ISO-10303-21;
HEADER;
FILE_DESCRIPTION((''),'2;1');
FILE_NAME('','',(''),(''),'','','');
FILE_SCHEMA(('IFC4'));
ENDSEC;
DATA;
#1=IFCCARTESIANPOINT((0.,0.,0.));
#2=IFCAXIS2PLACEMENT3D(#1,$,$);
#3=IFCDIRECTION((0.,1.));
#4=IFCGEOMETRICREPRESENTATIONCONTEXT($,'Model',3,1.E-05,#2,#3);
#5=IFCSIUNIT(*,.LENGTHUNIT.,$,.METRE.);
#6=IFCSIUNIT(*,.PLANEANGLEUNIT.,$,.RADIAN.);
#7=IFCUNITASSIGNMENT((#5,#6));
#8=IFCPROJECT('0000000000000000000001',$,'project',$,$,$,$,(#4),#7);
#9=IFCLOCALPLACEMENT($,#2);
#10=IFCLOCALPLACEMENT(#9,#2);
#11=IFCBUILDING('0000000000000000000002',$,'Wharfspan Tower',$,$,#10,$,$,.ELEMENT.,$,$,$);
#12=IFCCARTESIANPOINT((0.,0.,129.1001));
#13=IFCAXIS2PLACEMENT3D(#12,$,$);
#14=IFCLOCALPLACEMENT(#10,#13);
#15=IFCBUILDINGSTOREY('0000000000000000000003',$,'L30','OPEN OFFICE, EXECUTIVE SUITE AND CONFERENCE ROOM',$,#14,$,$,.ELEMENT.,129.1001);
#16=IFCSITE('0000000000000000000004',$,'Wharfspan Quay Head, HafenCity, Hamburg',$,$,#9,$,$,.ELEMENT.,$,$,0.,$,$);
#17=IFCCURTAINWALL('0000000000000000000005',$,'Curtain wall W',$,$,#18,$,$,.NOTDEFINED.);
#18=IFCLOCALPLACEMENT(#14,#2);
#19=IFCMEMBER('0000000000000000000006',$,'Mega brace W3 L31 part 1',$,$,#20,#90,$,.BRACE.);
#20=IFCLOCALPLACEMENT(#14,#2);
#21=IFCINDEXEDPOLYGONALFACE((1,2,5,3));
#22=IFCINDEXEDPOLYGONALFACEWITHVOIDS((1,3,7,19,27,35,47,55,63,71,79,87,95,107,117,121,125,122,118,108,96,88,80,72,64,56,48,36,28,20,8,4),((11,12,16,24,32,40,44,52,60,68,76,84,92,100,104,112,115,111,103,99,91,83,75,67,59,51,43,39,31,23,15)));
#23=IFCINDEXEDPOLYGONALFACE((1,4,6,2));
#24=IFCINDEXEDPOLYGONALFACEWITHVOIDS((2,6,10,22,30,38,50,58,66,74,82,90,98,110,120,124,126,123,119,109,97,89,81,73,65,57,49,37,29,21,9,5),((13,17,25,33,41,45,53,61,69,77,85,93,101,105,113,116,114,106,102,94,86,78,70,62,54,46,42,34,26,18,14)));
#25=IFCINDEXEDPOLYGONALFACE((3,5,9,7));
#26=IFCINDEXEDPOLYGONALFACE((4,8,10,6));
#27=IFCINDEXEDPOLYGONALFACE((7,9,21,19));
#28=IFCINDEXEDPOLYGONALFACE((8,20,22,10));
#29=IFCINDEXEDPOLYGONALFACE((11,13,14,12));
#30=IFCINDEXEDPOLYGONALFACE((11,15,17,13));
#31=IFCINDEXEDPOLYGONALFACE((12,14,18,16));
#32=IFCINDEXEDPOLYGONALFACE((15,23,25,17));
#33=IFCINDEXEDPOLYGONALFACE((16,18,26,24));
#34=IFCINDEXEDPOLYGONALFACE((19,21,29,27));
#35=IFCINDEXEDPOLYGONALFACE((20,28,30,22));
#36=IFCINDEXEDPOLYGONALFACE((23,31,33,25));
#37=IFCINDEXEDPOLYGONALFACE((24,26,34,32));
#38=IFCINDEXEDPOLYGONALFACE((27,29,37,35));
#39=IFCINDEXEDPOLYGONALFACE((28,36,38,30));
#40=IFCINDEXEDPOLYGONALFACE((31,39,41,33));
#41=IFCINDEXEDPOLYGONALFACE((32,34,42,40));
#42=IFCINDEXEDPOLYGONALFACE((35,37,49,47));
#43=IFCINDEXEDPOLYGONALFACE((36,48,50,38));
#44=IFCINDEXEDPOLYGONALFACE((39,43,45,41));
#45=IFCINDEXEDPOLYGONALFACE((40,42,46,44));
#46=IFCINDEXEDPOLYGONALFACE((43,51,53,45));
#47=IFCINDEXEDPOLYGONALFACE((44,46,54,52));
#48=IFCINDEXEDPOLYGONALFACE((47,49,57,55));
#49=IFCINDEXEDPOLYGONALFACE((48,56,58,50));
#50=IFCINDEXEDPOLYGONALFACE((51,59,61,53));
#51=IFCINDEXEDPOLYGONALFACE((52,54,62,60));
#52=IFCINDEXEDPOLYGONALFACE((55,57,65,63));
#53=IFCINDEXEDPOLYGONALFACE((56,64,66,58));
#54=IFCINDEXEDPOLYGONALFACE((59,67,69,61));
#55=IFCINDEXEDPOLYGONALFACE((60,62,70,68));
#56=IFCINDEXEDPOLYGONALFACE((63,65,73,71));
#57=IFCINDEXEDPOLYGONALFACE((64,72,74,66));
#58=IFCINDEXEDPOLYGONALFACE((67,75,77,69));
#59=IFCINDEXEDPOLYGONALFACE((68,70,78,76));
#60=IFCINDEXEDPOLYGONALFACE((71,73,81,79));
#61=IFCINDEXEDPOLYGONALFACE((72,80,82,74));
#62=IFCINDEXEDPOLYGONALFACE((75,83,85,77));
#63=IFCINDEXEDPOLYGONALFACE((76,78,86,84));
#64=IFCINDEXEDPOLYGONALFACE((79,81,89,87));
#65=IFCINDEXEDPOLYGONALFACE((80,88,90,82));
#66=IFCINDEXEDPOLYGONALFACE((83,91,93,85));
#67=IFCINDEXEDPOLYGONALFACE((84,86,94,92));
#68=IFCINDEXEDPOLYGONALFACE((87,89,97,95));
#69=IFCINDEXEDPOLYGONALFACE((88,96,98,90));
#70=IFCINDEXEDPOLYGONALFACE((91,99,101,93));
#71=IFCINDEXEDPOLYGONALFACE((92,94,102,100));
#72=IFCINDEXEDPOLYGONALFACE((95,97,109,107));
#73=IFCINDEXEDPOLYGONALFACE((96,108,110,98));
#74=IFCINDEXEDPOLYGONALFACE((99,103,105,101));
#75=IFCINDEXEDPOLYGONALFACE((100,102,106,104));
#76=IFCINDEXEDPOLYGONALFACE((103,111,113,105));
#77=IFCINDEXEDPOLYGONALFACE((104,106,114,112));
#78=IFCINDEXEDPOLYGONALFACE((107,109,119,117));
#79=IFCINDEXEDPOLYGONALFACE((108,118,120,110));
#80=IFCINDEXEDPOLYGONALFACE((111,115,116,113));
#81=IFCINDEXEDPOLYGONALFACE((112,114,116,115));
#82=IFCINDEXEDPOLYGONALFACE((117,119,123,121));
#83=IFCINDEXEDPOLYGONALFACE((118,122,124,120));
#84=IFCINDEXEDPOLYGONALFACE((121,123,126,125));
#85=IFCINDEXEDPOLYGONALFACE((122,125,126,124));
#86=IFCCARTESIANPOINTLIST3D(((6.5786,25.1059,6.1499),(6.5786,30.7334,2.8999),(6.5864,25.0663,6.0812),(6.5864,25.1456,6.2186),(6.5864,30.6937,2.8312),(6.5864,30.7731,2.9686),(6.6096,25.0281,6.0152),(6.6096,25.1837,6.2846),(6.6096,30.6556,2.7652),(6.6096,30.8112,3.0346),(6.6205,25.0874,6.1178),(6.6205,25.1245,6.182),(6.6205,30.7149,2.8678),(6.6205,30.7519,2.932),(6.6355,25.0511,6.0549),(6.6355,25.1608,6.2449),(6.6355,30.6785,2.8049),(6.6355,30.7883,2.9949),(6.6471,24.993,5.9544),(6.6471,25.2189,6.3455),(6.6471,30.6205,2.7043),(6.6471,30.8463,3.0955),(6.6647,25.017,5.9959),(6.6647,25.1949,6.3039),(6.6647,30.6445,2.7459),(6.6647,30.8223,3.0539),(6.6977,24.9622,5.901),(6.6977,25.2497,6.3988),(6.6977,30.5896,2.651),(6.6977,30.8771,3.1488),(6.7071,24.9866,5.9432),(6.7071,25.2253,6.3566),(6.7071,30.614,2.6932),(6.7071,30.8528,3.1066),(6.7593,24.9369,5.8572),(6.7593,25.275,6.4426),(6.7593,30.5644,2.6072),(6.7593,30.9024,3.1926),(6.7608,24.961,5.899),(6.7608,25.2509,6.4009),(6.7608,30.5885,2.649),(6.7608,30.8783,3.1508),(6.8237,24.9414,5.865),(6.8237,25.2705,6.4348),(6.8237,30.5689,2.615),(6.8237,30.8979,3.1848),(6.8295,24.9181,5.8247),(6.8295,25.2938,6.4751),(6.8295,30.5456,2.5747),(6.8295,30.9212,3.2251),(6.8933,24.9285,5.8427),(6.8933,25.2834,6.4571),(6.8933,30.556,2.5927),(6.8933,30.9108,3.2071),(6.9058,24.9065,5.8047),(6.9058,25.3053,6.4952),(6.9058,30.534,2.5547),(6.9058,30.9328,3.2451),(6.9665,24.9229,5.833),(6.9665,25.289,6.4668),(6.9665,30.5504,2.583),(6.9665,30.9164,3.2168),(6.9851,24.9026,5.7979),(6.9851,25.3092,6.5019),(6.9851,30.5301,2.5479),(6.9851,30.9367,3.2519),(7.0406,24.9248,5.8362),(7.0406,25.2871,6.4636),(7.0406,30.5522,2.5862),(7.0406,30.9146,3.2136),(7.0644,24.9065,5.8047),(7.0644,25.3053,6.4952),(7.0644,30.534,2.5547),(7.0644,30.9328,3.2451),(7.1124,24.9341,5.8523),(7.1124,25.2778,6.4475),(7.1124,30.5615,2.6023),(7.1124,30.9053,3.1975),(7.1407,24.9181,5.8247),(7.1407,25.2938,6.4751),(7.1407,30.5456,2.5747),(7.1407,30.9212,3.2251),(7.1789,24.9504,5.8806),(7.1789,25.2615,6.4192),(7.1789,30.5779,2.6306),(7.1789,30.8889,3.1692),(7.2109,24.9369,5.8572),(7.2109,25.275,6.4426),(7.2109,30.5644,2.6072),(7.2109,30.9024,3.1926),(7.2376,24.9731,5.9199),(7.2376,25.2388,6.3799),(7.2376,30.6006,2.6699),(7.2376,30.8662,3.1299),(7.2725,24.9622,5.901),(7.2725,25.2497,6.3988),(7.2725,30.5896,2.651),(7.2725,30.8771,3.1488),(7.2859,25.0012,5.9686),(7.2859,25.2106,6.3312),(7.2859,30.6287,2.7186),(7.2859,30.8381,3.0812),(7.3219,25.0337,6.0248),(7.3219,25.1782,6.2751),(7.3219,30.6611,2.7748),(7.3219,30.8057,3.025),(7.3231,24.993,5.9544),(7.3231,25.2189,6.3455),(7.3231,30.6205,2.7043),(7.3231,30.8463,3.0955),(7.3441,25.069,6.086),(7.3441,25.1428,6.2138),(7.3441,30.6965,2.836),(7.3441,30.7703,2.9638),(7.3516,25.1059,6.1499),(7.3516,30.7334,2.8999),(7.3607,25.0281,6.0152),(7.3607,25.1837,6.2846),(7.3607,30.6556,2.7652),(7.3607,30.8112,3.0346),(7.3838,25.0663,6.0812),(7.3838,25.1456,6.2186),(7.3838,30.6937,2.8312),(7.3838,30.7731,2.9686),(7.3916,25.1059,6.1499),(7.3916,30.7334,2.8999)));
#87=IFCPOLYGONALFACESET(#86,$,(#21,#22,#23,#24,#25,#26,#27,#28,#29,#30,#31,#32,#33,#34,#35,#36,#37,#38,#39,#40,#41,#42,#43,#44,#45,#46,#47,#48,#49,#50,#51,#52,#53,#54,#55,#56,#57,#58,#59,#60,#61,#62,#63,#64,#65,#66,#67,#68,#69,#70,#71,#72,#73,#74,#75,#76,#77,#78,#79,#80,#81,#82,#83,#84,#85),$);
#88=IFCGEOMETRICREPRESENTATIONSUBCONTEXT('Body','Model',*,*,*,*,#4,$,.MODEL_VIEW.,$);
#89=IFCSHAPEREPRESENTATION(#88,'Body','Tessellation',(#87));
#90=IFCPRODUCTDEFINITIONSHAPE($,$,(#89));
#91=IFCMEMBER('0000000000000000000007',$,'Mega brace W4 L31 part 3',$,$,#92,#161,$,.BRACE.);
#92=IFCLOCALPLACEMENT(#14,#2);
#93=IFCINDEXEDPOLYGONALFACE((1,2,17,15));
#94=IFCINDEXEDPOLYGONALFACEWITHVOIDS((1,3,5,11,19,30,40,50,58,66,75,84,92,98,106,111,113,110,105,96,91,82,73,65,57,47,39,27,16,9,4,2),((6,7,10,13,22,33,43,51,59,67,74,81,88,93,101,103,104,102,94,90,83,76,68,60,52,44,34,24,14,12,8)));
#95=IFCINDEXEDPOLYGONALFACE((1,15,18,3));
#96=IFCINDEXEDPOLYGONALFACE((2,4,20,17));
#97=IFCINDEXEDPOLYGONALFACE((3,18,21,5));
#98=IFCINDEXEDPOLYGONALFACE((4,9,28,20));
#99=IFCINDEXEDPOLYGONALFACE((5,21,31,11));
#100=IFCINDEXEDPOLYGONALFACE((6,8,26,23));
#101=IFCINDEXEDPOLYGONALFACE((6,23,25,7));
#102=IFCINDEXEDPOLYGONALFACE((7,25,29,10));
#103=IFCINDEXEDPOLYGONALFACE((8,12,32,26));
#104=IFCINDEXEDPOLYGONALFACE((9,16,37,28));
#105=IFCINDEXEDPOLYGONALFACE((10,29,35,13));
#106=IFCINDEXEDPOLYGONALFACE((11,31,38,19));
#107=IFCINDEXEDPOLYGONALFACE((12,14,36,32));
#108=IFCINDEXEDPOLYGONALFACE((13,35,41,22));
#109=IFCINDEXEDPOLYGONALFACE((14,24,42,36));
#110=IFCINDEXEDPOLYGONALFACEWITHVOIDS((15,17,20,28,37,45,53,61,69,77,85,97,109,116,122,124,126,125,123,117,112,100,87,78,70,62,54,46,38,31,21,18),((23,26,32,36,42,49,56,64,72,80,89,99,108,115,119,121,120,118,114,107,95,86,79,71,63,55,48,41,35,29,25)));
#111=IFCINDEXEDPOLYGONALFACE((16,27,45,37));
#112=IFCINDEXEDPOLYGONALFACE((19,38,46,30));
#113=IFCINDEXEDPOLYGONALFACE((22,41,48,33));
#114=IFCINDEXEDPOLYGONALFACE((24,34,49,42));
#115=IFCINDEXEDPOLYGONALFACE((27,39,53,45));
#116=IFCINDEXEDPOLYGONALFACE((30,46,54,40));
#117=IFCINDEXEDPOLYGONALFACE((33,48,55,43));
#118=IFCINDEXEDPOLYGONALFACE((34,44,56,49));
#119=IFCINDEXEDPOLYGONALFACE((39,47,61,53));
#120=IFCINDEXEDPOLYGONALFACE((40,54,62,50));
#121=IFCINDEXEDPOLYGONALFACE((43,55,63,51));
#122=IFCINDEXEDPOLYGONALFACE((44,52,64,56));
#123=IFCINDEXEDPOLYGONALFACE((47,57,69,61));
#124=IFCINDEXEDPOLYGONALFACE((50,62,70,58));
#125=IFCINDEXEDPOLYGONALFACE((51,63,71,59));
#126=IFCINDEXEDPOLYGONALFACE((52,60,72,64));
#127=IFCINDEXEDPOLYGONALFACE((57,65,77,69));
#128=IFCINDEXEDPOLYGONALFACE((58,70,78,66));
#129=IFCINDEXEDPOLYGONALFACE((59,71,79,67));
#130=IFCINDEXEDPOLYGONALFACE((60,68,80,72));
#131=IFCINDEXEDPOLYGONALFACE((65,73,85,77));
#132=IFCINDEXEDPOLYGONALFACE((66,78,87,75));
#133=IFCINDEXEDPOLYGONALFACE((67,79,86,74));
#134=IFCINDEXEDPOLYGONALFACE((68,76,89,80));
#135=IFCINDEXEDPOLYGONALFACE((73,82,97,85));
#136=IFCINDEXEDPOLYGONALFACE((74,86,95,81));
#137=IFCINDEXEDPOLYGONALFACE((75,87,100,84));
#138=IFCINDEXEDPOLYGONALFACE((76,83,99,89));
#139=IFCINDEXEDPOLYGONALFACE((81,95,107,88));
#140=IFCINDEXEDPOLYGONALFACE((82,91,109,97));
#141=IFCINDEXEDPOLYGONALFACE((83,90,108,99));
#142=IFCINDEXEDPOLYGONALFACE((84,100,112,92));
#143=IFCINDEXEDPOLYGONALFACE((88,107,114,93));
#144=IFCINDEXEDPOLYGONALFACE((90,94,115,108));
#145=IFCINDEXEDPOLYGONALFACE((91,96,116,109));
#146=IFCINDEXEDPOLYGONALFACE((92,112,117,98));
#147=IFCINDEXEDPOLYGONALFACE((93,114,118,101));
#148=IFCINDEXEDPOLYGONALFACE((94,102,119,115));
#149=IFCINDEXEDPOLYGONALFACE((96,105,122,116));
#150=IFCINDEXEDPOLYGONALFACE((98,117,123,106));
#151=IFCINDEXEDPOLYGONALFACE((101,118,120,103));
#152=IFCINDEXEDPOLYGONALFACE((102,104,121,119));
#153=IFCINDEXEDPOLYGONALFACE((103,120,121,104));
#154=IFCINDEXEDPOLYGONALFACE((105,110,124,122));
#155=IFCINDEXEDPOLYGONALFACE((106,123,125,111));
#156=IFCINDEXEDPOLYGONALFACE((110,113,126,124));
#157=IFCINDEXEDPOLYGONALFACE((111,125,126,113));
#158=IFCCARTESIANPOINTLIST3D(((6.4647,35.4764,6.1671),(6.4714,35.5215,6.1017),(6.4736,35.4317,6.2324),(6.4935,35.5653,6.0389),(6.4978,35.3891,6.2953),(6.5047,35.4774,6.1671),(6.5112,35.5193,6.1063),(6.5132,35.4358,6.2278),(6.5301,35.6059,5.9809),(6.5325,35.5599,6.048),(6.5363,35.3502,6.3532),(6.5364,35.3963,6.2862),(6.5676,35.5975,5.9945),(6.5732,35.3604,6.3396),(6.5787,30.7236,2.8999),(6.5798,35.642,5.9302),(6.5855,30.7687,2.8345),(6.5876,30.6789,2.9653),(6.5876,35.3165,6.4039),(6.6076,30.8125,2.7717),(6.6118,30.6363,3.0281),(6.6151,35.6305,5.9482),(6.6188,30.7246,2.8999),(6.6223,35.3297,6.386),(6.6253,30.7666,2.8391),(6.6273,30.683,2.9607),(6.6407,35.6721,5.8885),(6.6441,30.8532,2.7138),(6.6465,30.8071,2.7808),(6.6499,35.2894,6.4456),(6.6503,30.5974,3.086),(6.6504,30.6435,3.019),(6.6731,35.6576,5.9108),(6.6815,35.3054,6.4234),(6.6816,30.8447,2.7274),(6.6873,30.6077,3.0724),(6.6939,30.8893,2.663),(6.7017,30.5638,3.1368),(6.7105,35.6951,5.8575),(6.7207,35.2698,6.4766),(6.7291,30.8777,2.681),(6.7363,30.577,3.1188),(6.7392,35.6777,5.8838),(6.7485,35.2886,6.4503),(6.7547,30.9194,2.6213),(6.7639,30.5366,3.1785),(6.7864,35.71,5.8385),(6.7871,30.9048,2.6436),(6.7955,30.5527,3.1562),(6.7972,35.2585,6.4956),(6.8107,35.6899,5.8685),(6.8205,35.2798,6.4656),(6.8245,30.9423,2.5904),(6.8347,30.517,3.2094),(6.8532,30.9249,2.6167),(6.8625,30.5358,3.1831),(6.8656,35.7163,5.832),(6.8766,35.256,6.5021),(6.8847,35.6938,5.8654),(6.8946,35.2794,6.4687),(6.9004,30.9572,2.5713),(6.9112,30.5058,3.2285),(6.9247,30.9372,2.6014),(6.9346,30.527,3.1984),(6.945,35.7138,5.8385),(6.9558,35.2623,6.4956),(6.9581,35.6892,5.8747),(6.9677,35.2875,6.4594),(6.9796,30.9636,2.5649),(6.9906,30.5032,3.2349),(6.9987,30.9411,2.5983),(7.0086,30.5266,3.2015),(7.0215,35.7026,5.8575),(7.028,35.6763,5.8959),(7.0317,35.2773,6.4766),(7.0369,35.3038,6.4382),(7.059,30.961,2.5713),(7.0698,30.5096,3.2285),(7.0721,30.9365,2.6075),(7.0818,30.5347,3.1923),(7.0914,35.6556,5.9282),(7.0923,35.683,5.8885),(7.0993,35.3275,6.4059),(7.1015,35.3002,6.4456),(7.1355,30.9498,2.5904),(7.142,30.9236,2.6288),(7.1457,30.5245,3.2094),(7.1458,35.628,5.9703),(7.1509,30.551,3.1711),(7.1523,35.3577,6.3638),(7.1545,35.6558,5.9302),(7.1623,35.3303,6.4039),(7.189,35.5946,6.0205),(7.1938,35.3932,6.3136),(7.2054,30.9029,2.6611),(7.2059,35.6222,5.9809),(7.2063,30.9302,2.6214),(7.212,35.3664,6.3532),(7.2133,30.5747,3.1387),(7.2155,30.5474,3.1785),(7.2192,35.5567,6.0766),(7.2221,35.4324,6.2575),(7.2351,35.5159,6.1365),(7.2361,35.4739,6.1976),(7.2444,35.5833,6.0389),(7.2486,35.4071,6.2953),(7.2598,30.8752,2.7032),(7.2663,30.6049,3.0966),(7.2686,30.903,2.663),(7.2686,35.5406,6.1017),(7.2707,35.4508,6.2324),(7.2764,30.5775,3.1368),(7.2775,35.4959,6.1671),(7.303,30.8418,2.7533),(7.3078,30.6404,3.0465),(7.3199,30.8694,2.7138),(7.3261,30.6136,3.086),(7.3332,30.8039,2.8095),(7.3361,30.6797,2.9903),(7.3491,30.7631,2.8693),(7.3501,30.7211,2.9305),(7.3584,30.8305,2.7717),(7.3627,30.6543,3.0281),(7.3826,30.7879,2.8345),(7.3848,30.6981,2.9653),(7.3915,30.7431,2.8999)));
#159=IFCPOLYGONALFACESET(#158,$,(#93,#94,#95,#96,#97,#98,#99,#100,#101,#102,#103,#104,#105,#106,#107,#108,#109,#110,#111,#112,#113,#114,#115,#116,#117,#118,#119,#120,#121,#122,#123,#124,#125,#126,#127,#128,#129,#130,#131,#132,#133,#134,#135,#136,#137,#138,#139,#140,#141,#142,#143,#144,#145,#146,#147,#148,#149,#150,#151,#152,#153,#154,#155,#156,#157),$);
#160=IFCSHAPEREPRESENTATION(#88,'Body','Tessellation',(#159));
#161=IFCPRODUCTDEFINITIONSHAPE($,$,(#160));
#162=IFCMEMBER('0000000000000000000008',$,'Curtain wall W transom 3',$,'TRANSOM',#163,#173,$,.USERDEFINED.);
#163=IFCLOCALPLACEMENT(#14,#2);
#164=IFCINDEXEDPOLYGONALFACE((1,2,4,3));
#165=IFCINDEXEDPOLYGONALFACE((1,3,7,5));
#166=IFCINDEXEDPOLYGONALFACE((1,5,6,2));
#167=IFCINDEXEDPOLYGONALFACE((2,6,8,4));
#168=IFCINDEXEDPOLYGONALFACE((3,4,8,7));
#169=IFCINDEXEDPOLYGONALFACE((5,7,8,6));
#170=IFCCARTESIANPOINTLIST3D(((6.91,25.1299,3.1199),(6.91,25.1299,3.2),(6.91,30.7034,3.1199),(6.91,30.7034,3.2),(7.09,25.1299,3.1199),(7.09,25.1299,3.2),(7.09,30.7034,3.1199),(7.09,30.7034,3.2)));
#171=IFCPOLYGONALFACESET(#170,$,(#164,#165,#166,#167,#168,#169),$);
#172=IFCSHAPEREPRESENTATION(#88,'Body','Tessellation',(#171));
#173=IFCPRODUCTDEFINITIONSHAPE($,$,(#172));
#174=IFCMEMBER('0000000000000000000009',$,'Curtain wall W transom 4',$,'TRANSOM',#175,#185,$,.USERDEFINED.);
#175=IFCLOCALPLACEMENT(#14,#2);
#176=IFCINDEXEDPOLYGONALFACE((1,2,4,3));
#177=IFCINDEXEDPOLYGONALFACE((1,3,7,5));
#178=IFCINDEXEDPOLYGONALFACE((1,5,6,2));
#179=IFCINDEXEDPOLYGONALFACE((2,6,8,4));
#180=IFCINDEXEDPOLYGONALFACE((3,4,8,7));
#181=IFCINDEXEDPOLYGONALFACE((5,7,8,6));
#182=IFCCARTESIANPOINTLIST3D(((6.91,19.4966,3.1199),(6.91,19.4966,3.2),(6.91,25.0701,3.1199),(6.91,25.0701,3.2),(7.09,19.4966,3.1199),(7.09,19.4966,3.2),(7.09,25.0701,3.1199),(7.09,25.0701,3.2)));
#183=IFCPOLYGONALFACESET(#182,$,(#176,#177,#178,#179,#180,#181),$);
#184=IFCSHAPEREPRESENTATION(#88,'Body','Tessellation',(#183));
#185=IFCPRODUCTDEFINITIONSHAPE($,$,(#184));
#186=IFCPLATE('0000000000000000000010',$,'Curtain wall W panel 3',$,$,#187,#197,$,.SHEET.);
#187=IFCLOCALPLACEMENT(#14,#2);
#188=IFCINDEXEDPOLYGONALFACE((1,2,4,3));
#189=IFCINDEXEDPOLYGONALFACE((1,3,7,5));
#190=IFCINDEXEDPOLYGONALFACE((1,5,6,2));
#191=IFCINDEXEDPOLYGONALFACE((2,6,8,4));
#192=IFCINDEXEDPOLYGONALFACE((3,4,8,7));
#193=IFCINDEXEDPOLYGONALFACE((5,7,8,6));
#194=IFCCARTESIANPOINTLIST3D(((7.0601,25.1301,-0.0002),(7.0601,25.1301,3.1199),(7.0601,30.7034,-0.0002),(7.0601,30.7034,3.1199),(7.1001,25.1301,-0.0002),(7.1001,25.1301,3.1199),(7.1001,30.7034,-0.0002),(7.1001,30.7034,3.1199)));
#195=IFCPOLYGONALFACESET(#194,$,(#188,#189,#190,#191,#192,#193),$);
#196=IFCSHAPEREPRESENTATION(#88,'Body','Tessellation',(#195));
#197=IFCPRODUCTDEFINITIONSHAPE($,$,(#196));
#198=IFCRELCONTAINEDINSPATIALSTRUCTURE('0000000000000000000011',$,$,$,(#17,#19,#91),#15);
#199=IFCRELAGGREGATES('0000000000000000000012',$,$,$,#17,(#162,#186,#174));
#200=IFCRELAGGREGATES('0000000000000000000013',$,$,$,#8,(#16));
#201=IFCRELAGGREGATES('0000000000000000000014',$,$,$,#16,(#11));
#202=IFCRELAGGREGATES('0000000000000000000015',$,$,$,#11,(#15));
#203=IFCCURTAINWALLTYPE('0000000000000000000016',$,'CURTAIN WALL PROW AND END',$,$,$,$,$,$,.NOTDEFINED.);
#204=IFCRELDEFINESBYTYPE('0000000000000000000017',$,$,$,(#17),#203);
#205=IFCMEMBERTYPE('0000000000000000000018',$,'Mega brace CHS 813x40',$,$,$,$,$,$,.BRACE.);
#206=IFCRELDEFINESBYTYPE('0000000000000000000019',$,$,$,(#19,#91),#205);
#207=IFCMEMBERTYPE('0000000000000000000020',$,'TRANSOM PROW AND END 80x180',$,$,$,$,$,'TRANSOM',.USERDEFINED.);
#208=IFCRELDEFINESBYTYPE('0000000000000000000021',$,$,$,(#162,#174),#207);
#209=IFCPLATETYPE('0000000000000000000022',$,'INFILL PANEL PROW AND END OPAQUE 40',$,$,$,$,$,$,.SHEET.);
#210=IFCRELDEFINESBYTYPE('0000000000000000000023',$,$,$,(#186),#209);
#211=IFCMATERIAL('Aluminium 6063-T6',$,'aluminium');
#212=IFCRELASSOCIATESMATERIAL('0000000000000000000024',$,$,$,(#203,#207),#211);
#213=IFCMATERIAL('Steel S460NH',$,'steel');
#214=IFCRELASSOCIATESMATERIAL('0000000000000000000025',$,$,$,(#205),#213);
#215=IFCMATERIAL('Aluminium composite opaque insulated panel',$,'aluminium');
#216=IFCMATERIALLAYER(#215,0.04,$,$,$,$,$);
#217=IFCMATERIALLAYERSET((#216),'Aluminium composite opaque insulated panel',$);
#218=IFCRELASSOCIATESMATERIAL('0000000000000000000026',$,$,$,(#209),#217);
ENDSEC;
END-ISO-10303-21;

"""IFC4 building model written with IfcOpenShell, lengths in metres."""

from ifc_helpers import new_model, si_unit, direction, frame, origin, origin_2d, place, context, subcontext, project, spatial, rectangle, hollow_circle, extrude, material, layer, layer_set, material_profile, profile_set, type_object, element, aggregate, save


model = new_model("IFC4")

# Units and contexts
model_context = context("Model", 3, precision=1e-05, world=origin(), true_north=direction((0.0, 1.0)))
body_context = subcontext(model_context, "Body", "Model", "MODEL_VIEW")
ifc_project = project(units=[si_unit("LENGTHUNIT", "METRE"), si_unit("PLANEANGLEUNIT", "RADIAN")], contexts=[model_context])

# Site, building, storey
site_placement = place(None, origin())
site = spatial("IfcSite", under=ifc_project, at=site_placement, Name="Wharfspan Quay Head, HafenCity, Hamburg", CompositionType="ELEMENT", RefElevation=0.0)
building_placement = place(site_placement, origin())
building = spatial("IfcBuilding", under=site, at=building_placement, Name="Wharfspan Tower", CompositionType="ELEMENT")
storey_placement = place(building_placement, frame((0.0, 0.0, 129.1001)))
storey = spatial("IfcBuildingStorey", under=building, at=storey_placement, Name="L30", Description="OPEN OFFICE, EXECUTIVE SUITE AND CONFERENCE ROOM", CompositionType="ELEMENT", Elevation=129.1001)

# Curtain wall
ifc_material_1 = material(Name="Aluminium 6063-T6", Category="aluminium")
curtain_wall_type = type_object("IfcCurtainWallType", Name="CURTAIN WALL PROW AND END", PredefinedType="NOTDEFINED", material=ifc_material_1)
curtain_wall_placement = place(storey_placement, origin())
curtain_wall = element("IfcCurtainWall", 1, at=curtain_wall_placement, inside=storey, type_object=curtain_wall_type, Name="Curtain wall W", PredefinedType="NOTDEFINED")

# Members
ifc_material_2 = material(Name="Steel S460NH", Category="steel")
ifc_material_profile_1 = material_profile(ifc_material_2, hollow_circle(Radius=0.4065, WallThickness=0.04, at=origin_2d()))
ifc_profile_set_1 = profile_set([ifc_material_profile_1], Name="Steel S460NH")
member_type_1 = type_object("IfcMemberType", Name="Mega brace CHS 813x40", PredefinedType="BRACE", material=ifc_profile_set_1)
member_1_placement = place(storey_placement, frame((6.9851, 30.7334, 2.8999), z_axis=(0.0, -0.865959, 0.500115), x_axis=(1.0, 0.0, 0.0)))
element("IfcMember", 2, at=member_1_placement, inside=storey, type_object=member_type_1, Name="Mega brace W3 L31 part 1", PredefinedType="BRACE", context=body_context, shape_type="SweptSolid", body=[
    extrude(hollow_circle(Radius=0.4065, WallThickness=0.04, at=origin_2d()), origin(), (0.0, 0.0, 1.0), 6.4985),
])
member_2_placement = place(storey_placement, frame((6.9851, 30.7334, 2.8999), z_axis=(-0.019765, 0.823912, 0.566373), x_axis=(-0.999715, -0.023981, -0.000002)))
element("IfcMember", 3, at=member_2_placement, inside=storey, type_object=member_type_1, Name="Mega brace W4 L31 part 3", PredefinedType="BRACE", context=body_context, shape_type="SweptSolid", body=[
    extrude(hollow_circle(Radius=0.4065, WallThickness=0.04, at=origin_2d()), origin(), (0.0, 0.0, 1.0), 5.7686),
])

# Members
ifc_material_profile_2 = material_profile(ifc_material_1, rectangle(XDim=0.1799, YDim=0.0801, at=origin_2d()))
ifc_profile_set_2 = profile_set([ifc_material_profile_2], Name="Aluminium 6063-T6")
member_type_2 = type_object("IfcMemberType", Name="TRANSOM PROW AND END 80x180", ElementType="TRANSOM", PredefinedType="USERDEFINED", material=ifc_profile_set_2)
member_3_placement = place(storey_placement, frame((7.0, 30.7034, 3.1599), z_axis=(0.0, -1.0, 0.0), x_axis=(1.0, 0.0, 0.0)))
member_3 = element("IfcMember", 4, at=member_3_placement, type_object=member_type_2, Name="Curtain wall W transom 3", ObjectType="TRANSOM", PredefinedType="USERDEFINED", context=body_context, shape_type="SweptSolid", body=[
    extrude(rectangle(XDim=0.1799, YDim=0.0801, at=origin_2d()), origin(), (0.0, 0.0, 1.0), 5.5735),
])
member_4_placement = place(storey_placement, frame((7.0, 25.0701, 3.1599), z_axis=(0.0, -1.0, 0.0), x_axis=(1.0, 0.0, 0.0)))
member_4 = element("IfcMember", 5, at=member_4_placement, type_object=member_type_2, Name="Curtain wall W transom 4", ObjectType="TRANSOM", PredefinedType="USERDEFINED", context=body_context, shape_type="SweptSolid", body=[
    extrude(rectangle(XDim=0.1799, YDim=0.0801, at=origin_2d()), origin(), (0.0, 0.0, 1.0), 5.5735),
])

# Plate
ifc_material_3 = material(Name="Aluminium composite opaque insulated panel", Category="aluminium")
ifc_layer_1 = layer(ifc_material_3, 0.04)
ifc_layer_set_1 = layer_set([ifc_layer_1], Name="Aluminium composite opaque insulated panel")
plate_type = type_object("IfcPlateType", Name="INFILL PANEL PROW AND END OPAQUE 40", PredefinedType="SHEET", material=ifc_layer_set_1)
plate_1_placement = place(storey_placement, frame((7.0801, 27.9167, -0.0002), z_axis=(0.0, 0.0, 1.0), x_axis=(0.0, -1.0, 0.0)))
plate_1 = element("IfcPlate", 6, at=plate_1_placement, type_object=plate_type, Name="Curtain wall W panel 3", PredefinedType="SHEET", context=body_context, shape_type="SweptSolid", body=[
    extrude(rectangle(XDim=5.5732, YDim=0.04, at=origin_2d()), origin(), (0.0, 0.0, 1.0), 3.1201),
])
aggregate(curtain_wall, [member_3, plate_1, member_4])

save(model, "model.ifc")
